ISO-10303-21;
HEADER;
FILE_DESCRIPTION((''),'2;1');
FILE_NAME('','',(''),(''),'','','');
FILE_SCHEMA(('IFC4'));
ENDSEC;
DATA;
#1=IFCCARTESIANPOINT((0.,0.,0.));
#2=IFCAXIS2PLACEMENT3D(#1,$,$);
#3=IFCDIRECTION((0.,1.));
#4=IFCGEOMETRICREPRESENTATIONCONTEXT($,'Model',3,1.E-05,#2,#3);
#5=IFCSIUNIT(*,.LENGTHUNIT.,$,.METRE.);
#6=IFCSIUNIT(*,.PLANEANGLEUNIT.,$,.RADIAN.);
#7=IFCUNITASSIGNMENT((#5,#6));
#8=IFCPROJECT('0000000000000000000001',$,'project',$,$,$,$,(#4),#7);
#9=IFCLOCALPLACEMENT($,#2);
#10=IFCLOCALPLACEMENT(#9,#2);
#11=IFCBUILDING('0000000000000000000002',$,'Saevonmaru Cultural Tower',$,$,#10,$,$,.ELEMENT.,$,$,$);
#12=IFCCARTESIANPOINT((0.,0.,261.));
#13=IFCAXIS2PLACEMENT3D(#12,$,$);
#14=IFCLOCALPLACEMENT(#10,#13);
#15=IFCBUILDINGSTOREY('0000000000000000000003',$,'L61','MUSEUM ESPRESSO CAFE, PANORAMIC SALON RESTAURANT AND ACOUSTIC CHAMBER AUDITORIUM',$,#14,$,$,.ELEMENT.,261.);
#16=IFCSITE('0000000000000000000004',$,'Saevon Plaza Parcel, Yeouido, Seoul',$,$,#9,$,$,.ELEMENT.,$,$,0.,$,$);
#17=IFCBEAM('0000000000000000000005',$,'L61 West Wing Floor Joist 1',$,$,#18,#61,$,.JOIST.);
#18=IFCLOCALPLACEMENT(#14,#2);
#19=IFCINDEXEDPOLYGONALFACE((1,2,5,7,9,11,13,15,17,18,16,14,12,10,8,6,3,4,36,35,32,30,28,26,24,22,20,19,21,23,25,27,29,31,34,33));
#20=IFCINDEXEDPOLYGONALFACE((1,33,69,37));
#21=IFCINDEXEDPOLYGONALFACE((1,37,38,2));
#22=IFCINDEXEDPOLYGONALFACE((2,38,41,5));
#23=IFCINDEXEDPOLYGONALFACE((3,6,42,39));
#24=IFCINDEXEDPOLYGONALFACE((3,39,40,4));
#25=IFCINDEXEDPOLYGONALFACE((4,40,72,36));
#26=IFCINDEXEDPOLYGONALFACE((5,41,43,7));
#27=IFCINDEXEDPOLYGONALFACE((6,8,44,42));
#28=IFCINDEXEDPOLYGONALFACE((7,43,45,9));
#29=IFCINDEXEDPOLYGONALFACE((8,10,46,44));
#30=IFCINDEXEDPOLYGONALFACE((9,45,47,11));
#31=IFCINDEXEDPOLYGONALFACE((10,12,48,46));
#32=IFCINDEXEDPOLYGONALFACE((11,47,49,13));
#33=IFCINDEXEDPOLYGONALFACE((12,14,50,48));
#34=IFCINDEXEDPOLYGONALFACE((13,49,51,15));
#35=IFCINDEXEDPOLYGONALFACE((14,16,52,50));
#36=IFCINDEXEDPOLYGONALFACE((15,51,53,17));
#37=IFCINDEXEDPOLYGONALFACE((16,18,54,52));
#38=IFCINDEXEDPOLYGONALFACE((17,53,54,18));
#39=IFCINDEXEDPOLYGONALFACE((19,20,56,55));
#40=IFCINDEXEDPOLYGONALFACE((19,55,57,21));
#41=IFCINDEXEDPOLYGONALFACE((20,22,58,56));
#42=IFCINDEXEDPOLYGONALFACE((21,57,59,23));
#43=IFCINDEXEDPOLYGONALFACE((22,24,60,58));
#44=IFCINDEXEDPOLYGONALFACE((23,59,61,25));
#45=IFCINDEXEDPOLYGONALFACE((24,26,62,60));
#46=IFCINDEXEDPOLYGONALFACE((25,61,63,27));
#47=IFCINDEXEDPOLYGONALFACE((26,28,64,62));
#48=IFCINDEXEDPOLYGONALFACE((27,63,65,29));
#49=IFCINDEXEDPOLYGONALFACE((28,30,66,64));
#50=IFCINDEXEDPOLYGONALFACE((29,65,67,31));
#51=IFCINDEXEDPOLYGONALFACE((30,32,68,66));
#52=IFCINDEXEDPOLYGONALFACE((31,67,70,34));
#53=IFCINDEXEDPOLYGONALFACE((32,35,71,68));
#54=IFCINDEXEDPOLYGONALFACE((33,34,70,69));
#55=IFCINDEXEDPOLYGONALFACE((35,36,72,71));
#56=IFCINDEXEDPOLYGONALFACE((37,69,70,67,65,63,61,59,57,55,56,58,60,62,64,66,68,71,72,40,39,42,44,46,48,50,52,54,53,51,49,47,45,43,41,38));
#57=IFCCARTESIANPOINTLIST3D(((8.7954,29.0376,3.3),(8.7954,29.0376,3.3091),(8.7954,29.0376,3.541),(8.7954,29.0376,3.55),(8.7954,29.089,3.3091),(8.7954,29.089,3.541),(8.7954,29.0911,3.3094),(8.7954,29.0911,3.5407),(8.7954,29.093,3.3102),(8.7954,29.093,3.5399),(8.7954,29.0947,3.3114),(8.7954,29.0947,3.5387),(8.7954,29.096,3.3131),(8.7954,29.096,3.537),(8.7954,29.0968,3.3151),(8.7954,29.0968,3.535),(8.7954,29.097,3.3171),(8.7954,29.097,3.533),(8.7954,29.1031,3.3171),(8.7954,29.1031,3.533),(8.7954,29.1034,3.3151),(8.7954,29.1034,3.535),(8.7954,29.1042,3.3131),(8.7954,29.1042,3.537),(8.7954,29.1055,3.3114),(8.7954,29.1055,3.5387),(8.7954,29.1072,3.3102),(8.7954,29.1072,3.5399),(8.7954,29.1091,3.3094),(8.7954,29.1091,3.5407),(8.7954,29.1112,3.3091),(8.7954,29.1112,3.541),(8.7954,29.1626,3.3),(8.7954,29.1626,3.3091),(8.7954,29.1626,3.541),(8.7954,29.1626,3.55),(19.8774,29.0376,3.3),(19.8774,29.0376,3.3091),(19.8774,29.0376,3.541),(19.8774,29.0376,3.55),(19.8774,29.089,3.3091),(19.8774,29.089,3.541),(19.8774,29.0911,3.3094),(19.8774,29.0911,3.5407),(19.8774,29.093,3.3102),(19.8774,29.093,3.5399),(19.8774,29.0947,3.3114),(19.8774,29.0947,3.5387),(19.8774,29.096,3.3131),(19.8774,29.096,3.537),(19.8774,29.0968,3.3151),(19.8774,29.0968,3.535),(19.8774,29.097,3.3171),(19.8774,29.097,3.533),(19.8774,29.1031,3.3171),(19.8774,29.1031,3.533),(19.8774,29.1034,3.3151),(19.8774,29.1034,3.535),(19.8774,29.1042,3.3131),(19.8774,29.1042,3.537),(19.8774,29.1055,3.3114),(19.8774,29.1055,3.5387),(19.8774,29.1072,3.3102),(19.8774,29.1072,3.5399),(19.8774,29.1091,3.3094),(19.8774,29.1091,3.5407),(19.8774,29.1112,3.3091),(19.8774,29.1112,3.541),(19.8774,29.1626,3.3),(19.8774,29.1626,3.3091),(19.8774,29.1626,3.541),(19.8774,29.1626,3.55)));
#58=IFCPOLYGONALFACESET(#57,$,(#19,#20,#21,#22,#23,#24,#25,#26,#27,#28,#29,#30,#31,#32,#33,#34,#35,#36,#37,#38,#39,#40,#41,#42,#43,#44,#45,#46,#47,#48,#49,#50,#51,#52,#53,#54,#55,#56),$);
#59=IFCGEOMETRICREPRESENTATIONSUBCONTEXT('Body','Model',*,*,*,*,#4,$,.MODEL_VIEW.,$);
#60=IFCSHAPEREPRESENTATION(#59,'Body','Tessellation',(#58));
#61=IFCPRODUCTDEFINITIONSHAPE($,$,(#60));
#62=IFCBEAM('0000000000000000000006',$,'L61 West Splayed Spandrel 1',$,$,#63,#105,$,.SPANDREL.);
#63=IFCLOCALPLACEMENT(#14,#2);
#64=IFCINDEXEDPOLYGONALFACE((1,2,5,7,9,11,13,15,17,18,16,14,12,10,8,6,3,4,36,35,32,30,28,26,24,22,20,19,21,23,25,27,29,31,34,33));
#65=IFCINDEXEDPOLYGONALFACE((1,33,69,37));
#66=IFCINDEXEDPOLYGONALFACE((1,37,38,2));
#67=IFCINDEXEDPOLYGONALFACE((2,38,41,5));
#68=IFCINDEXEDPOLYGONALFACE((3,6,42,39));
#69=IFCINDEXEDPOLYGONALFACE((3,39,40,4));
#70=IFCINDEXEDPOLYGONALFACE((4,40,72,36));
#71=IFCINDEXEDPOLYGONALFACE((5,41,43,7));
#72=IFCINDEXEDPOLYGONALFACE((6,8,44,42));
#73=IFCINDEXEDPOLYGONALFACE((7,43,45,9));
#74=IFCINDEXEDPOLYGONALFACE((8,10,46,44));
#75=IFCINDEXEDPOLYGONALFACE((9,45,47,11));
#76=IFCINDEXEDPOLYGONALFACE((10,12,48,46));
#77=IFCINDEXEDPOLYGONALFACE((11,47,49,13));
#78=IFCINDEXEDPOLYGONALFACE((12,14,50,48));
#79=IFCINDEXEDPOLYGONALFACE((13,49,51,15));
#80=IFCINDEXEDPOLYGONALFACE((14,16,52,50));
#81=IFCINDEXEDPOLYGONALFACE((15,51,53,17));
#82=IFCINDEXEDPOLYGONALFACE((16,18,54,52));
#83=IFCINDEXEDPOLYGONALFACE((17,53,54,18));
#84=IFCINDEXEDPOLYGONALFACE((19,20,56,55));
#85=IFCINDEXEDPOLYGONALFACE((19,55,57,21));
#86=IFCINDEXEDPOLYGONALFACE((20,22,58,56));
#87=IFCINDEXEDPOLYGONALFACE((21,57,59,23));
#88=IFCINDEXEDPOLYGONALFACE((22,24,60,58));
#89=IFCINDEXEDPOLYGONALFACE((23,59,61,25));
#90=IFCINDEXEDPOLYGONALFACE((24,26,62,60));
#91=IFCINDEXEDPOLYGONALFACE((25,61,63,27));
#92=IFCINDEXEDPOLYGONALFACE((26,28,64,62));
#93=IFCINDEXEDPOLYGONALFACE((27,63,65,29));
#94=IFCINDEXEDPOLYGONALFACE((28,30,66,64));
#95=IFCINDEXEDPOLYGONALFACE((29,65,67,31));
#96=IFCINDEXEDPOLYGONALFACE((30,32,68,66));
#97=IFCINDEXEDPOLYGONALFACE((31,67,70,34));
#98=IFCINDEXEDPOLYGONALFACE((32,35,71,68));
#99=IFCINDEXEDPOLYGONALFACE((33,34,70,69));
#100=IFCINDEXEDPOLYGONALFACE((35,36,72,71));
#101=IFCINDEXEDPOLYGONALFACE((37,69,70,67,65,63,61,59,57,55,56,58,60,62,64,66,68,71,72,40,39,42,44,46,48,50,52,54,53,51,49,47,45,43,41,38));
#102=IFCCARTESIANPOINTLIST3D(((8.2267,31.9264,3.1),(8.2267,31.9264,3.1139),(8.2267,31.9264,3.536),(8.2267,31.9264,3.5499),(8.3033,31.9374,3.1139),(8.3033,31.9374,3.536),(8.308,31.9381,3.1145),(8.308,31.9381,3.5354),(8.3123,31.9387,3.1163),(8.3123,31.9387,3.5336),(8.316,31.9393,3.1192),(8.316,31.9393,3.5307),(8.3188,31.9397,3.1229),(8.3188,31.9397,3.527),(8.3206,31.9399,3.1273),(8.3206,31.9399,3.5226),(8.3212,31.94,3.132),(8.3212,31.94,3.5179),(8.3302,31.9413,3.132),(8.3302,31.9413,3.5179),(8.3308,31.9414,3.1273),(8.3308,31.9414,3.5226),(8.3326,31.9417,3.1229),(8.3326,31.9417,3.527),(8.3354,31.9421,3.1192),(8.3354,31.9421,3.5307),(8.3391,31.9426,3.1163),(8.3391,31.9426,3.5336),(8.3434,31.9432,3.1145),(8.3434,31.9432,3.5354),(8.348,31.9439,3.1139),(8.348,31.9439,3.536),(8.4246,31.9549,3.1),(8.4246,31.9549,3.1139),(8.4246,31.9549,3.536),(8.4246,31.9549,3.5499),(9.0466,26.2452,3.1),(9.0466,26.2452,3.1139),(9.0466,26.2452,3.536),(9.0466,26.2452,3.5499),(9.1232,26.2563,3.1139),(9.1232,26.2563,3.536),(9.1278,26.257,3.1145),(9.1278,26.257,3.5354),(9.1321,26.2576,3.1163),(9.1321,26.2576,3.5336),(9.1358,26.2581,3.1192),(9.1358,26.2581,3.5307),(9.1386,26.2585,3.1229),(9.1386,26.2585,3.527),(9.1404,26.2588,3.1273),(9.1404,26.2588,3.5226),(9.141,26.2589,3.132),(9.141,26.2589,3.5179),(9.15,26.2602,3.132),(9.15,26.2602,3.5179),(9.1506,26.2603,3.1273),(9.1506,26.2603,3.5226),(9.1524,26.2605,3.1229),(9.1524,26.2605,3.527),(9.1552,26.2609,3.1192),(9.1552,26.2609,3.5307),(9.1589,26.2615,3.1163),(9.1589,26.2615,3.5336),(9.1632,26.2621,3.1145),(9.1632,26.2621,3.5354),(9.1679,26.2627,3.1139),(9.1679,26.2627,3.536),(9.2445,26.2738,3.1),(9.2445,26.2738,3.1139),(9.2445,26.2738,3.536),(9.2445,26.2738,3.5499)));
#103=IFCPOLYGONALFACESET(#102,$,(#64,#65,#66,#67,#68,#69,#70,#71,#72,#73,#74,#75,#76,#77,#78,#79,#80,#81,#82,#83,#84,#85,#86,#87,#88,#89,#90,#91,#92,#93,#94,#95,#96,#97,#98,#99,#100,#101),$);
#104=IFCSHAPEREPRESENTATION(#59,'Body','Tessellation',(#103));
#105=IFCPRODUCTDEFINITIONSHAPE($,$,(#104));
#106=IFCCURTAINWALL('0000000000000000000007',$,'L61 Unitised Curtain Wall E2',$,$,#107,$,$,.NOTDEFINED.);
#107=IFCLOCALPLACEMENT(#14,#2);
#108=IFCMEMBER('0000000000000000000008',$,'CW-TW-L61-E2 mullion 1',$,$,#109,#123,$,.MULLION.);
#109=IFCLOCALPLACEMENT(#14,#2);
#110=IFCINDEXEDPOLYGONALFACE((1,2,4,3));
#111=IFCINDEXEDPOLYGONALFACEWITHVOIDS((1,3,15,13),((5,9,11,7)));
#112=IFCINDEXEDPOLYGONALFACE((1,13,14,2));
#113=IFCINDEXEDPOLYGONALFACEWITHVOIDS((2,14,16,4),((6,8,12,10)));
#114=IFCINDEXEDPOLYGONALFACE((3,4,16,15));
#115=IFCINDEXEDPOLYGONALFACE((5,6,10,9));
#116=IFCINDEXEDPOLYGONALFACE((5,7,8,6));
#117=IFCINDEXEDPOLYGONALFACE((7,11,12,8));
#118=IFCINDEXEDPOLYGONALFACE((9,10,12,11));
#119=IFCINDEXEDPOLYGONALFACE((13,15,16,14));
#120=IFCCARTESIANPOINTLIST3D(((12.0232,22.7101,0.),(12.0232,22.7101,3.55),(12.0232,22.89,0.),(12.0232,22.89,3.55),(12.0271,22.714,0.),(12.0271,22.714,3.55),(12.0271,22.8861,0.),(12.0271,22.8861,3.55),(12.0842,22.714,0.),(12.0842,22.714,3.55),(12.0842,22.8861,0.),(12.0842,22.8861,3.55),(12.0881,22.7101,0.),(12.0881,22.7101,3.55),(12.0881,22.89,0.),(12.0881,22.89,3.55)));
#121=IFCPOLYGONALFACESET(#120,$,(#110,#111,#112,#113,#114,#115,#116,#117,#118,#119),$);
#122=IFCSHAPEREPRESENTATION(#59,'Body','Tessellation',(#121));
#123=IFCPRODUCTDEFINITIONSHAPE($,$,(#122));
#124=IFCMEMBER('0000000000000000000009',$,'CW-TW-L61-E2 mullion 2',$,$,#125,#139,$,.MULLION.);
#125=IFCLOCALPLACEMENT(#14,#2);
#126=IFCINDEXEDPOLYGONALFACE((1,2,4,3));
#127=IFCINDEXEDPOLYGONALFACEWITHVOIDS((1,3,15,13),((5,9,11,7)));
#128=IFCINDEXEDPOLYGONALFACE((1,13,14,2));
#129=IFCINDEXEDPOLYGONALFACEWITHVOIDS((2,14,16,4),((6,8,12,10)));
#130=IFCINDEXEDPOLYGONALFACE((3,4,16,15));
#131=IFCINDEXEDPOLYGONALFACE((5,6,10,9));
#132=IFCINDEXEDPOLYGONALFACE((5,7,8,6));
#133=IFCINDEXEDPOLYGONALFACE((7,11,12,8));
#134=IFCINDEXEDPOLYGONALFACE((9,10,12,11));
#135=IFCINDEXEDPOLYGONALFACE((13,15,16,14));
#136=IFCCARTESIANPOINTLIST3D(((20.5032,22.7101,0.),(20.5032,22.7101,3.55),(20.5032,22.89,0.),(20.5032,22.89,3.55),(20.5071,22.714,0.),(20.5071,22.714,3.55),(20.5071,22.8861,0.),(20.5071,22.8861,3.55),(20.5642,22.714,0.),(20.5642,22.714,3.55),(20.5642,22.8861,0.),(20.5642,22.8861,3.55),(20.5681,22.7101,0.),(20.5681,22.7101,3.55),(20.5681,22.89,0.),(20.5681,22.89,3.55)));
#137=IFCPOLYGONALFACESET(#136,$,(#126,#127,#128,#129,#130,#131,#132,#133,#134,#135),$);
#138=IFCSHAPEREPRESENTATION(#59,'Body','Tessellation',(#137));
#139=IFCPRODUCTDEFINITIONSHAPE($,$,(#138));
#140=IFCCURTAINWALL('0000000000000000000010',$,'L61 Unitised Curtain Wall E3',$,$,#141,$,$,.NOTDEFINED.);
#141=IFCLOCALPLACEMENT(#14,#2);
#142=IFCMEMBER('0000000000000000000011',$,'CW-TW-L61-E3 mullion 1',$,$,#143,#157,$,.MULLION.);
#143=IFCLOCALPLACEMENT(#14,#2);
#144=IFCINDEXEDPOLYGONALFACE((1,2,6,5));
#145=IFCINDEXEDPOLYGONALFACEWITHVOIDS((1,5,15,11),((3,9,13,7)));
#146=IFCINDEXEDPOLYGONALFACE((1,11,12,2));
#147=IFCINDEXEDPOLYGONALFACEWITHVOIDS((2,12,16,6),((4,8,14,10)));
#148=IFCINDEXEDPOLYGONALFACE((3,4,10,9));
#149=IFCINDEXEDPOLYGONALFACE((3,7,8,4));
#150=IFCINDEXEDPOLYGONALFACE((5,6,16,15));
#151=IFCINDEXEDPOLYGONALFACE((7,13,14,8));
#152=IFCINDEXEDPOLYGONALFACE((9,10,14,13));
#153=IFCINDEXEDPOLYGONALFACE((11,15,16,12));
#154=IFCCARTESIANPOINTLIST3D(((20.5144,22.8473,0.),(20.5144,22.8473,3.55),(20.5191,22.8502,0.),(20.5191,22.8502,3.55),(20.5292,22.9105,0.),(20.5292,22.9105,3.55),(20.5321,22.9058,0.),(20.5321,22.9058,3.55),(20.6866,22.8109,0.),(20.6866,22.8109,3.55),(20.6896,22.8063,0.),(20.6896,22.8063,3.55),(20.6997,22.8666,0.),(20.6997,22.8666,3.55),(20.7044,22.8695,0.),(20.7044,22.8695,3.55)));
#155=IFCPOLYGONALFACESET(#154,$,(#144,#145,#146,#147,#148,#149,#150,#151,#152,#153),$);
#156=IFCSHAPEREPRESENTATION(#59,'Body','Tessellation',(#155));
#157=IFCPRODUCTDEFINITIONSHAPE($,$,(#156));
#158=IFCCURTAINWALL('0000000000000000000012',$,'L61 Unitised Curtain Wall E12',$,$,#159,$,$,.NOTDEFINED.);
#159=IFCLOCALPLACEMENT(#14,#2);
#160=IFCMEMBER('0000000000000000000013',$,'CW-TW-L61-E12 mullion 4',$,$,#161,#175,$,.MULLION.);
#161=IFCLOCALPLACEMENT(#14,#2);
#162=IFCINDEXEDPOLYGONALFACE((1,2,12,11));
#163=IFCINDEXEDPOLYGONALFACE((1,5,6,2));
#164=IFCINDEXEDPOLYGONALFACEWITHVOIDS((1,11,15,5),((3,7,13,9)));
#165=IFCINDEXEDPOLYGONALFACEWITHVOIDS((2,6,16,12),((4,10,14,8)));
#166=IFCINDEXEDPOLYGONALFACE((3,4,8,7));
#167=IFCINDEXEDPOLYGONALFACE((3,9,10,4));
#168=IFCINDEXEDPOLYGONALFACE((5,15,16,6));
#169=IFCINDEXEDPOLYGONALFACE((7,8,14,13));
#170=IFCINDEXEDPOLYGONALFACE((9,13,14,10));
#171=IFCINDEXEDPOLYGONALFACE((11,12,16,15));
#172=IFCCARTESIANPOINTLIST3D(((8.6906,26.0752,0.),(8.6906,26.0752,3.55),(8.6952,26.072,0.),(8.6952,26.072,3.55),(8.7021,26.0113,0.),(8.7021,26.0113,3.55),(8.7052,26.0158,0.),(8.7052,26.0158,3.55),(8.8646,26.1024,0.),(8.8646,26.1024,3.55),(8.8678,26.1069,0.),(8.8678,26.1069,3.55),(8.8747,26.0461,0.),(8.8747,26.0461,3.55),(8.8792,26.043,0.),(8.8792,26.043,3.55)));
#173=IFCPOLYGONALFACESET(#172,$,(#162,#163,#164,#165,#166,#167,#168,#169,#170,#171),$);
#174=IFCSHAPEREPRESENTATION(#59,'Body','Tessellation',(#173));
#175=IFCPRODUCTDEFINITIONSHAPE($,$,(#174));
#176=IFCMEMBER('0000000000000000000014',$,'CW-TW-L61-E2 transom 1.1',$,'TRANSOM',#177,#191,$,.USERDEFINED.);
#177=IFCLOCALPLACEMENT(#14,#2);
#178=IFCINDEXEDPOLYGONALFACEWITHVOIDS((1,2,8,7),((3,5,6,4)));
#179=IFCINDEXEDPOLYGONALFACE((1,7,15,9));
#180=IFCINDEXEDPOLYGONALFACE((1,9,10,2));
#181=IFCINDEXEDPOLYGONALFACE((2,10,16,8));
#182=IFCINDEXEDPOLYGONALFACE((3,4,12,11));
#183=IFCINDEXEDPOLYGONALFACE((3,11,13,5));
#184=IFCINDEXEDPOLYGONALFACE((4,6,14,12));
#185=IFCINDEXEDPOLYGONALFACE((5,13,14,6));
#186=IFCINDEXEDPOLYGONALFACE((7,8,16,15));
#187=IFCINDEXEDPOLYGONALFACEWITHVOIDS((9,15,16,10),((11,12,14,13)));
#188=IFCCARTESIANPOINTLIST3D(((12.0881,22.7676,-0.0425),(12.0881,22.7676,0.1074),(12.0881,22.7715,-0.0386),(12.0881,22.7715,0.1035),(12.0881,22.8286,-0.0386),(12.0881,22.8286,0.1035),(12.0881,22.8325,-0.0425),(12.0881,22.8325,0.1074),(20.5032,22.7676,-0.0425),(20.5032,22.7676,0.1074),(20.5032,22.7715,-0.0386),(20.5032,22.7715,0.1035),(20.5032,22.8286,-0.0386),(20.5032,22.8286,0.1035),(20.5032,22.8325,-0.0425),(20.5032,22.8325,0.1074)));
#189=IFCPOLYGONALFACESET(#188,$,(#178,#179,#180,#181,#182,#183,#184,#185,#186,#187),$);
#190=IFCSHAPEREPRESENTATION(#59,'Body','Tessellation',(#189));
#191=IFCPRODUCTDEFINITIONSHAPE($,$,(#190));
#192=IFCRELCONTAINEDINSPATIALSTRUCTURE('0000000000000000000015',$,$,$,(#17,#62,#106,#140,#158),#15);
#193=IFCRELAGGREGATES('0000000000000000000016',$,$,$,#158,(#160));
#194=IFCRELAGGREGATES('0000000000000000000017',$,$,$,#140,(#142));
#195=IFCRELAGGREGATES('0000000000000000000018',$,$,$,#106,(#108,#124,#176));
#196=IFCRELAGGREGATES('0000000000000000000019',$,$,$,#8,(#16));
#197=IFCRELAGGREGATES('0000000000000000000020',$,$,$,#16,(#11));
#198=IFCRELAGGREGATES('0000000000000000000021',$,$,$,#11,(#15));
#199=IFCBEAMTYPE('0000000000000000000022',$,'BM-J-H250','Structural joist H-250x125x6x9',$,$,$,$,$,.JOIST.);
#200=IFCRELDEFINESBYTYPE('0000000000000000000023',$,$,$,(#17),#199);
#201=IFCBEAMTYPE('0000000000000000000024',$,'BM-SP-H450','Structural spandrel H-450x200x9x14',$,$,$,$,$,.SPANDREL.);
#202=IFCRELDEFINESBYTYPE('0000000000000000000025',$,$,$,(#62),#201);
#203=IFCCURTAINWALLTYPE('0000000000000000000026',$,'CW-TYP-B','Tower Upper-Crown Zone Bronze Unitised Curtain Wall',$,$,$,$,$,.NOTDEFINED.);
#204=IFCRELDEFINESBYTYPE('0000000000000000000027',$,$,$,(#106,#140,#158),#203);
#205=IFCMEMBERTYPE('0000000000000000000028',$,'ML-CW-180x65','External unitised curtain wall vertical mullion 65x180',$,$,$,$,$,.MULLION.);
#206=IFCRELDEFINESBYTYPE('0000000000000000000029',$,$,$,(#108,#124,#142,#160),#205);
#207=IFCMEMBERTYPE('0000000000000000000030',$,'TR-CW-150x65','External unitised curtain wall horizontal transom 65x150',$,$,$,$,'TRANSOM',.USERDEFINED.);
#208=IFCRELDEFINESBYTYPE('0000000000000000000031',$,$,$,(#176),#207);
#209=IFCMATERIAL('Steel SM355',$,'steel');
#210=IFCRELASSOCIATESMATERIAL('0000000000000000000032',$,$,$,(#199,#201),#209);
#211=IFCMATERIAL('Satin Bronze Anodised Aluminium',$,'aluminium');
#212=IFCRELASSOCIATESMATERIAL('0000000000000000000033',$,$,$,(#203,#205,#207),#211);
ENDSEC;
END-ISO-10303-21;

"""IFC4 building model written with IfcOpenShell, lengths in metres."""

from ifc_helpers import new_model, si_unit, direction, frame, origin, origin_2d, place, context, subcontext, project, spatial, hollow_rectangle, i_section, extrude, material, material_profile, profile_set, type_object, element, aggregate, save


model = new_model("IFC4")

# Units and contexts
model_context = context("Model", 3, precision=1e-05, world=origin(), true_north=direction((0.0, 1.0)))
body_context = subcontext(model_context, "Body", "Model", "MODEL_VIEW")
ifc_project = project(units=[si_unit("LENGTHUNIT", "METRE"), si_unit("PLANEANGLEUNIT", "RADIAN")], contexts=[model_context])

# Site, building, storey
site_placement = place(None, origin())
site = spatial("IfcSite", under=ifc_project, at=site_placement, Name="Saevon Plaza Parcel, Yeouido, Seoul", CompositionType="ELEMENT", RefElevation=0.0)
building_placement = place(site_placement, origin())
building = spatial("IfcBuilding", under=site, at=building_placement, Name="Saevonmaru Cultural Tower", CompositionType="ELEMENT")
storey_placement = place(building_placement, frame((0.0, 0.0, 261.0)))
storey = spatial("IfcBuildingStorey", under=building, at=storey_placement, Name="L61", Description="MUSEUM ESPRESSO CAFE, PANORAMIC SALON RESTAURANT AND ACOUSTIC CHAMBER AUDITORIUM", CompositionType="ELEMENT", Elevation=261.0)

# Shared definitions
ifc_material_1 = material(Name="Steel SM355", Category="steel")

# Beams
ifc_material_profile_1 = material_profile(ifc_material_1, i_section(OverallWidth=0.125, OverallDepth=0.25, WebThickness=0.0061, FlangeThickness=0.009, FilletRadius=0.0081, at=origin_2d()), Name="H-250x125x6x9")
ifc_profile_set_1 = profile_set([ifc_material_profile_1], Name="Steel SM355")
beam_type_1 = type_object("IfcBeamType", Name="BM-J-H250", Description="Structural joist H-250x125x6x9", PredefinedType="JOIST", material=ifc_profile_set_1)
beam_1_placement = place(storey_placement, frame((8.7954, 29.1001, 3.425), z_axis=(1.0, 0.0, 0.0), x_axis=(0.0, 1.0, 0.0)))
element("IfcBeam", 1, at=beam_1_placement, inside=storey, type_object=beam_type_1, Name="L61 West Wing Floor Joist 1", PredefinedType="JOIST", context=body_context, shape_type="SweptSolid", body=[
    extrude(i_section(OverallWidth=0.125, OverallDepth=0.25, WebThickness=0.0061, FlangeThickness=0.009, FilletRadius=0.0081, at=origin_2d()), origin(), (0.0, 0.0, 1.0), 11.082),
])
ifc_material_profile_2 = material_profile(ifc_material_1, i_section(OverallWidth=0.2, OverallDepth=0.45, WebThickness=0.009, FlangeThickness=0.0139, FilletRadius=0.0181, at=origin_2d()), Name="H-450x200x9x14")
ifc_profile_set_2 = profile_set([ifc_material_profile_2], Name="Steel SM355")
beam_type_2 = type_object("IfcBeamType", Name="BM-SP-H450", Description="Structural spandrel H-450x200x9x14", PredefinedType="SPANDREL", material=ifc_profile_set_2)
beam_2_placement = place(storey_placement, frame((9.1455, 26.2595, 3.325), z_axis=(-0.142827, 0.989748, 0.0), x_axis=(-0.989748, -0.142827, 0.0)))
element("IfcBeam", 2, at=beam_2_placement, inside=storey, type_object=beam_type_2, Name="L61 West Splayed Spandrel 1", PredefinedType="SPANDREL", context=body_context, shape_type="SweptSolid", body=[
    extrude(i_section(OverallWidth=0.2, OverallDepth=0.45, WebThickness=0.009, FlangeThickness=0.0139, FilletRadius=0.0181, at=origin_2d()), origin(), (0.0, 0.0, 1.0), 5.74),
])

# Curtain wall, members
ifc_material_2 = material(Name="Satin Bronze Anodised Aluminium", Category="aluminium")
curtain_wall_type = type_object("IfcCurtainWallType", Name="CW-TYP-B", Description="Tower Upper-Crown Zone Bronze Unitised Curtain Wall", PredefinedType="NOTDEFINED", material=ifc_material_2)
curtain_wall_1_placement = place(storey_placement, origin())
curtain_wall_1 = element("IfcCurtainWall", 3, at=curtain_wall_1_placement, inside=storey, type_object=curtain_wall_type, Name="L61 Unitised Curtain Wall E2", PredefinedType="NOTDEFINED")
ifc_material_profile_3 = material_profile(ifc_material_2, hollow_rectangle(XDim=0.0649, YDim=0.1799, WallThickness=0.0039, at=origin_2d()), Name="ALU-MULL-180x65x4")
ifc_profile_set_3 = profile_set([ifc_material_profile_3], Name="Satin Bronze Anodised Aluminium")
member_type_1 = type_object("IfcMemberType", Name="ML-CW-180x65", Description="External unitised curtain wall vertical mullion 65x180", PredefinedType="MULLION", material=ifc_profile_set_3)
member_1_placement = place(storey_placement, frame((12.0557, 22.8, 0.0), z_axis=(0.0, 0.0, 1.0), x_axis=(1.0, 0.0, 0.0)))
member_1 = element("IfcMember", 4, at=member_1_placement, type_object=member_type_1, Name="CW-TW-L61-E2 mullion 1", PredefinedType="MULLION", context=body_context, shape_type="SweptSolid", body=[
    extrude(hollow_rectangle(XDim=0.0649, YDim=0.1799, WallThickness=0.0039, at=origin_2d()), origin(), (0.0, 0.0, 1.0), 3.55),
])
member_2_placement = place(storey_placement, frame((20.5356, 22.8, 0.0), z_axis=(0.0, 0.0, 1.0), x_axis=(1.0, 0.0, 0.0)))
member_2 = element("IfcMember", 5, at=member_2_placement, type_object=member_type_1, Name="CW-TW-L61-E2 mullion 2", PredefinedType="MULLION", context=body_context, shape_type="SweptSolid", body=[
    extrude(hollow_rectangle(XDim=0.0649, YDim=0.1799, WallThickness=0.0039, at=origin_2d()), origin(), (0.0, 0.0, 1.0), 3.55),
])

# Curtain walls, members
curtain_wall_2_placement = place(storey_placement, origin())
curtain_wall_2 = element("IfcCurtainWall", 6, at=curtain_wall_2_placement, inside=storey, type_object=curtain_wall_type, Name="L61 Unitised Curtain Wall E3", PredefinedType="NOTDEFINED")
member_3_placement = place(storey_placement, frame((20.6094, 22.8584, 0.0), z_axis=(0.0, 0.0, 1.0), x_axis=(0.22819, 0.973617, 0.0)))
member_3 = element("IfcMember", 7, at=member_3_placement, type_object=member_type_1, Name="CW-TW-L61-E3 mullion 1", PredefinedType="MULLION", context=body_context, shape_type="SweptSolid", body=[
    extrude(hollow_rectangle(XDim=0.0649, YDim=0.1799, WallThickness=0.0039, at=origin_2d()), origin(), (0.0, 0.0, 1.0), 3.55),
])
curtain_wall_3_placement = place(storey_placement, origin())
curtain_wall_3 = element("IfcCurtainWall", 8, at=curtain_wall_3_placement, inside=storey, type_object=curtain_wall_type, Name="L61 Unitised Curtain Wall E12", PredefinedType="NOTDEFINED")
member_4_placement = place(storey_placement, frame((8.7849, 26.0591, 0.0), z_axis=(0.0, 0.0, 1.0), x_axis=(0.176141, -0.984365, 0.0)))
member_4 = element("IfcMember", 9, at=member_4_placement, type_object=member_type_1, Name="CW-TW-L61-E12 mullion 4", PredefinedType="MULLION", context=body_context, shape_type="SweptSolid", body=[
    extrude(hollow_rectangle(XDim=0.0649, YDim=0.1799, WallThickness=0.0039, at=origin_2d()), origin(), (0.0, 0.0, 1.0), 3.55),
])
aggregate(curtain_wall_3, [member_4])

# Member
ifc_material_profile_4 = material_profile(ifc_material_2, hollow_rectangle(XDim=0.0649, YDim=0.1499, WallThickness=0.0039, at=origin_2d()), Name="ALU-TRAN-150x65x4")
ifc_profile_set_4 = profile_set([ifc_material_profile_4], Name="Satin Bronze Anodised Aluminium")
member_type_2 = type_object("IfcMemberType", Name="TR-CW-150x65", Description="External unitised curtain wall horizontal transom 65x150", ElementType="TRANSOM", PredefinedType="USERDEFINED", material=ifc_profile_set_4)
member_5_placement = place(storey_placement, frame((12.0881, 22.8, 0.0325), z_axis=(1.0, 0.0, 0.0), x_axis=(0.0, 1.0, 0.0)))
member_5 = element("IfcMember", 10, at=member_5_placement, type_object=member_type_2, Name="CW-TW-L61-E2 transom 1.1", ObjectType="TRANSOM", PredefinedType="USERDEFINED", context=body_context, shape_type="SweptSolid", body=[
    extrude(hollow_rectangle(XDim=0.0649, YDim=0.1499, WallThickness=0.0039, at=origin_2d()), origin(), (0.0, 0.0, 1.0), 8.415),
])
aggregate(curtain_wall_2, [member_3])

aggregate(curtain_wall_1, [member_1, member_2, member_5])

save(model, "model.ifc")
